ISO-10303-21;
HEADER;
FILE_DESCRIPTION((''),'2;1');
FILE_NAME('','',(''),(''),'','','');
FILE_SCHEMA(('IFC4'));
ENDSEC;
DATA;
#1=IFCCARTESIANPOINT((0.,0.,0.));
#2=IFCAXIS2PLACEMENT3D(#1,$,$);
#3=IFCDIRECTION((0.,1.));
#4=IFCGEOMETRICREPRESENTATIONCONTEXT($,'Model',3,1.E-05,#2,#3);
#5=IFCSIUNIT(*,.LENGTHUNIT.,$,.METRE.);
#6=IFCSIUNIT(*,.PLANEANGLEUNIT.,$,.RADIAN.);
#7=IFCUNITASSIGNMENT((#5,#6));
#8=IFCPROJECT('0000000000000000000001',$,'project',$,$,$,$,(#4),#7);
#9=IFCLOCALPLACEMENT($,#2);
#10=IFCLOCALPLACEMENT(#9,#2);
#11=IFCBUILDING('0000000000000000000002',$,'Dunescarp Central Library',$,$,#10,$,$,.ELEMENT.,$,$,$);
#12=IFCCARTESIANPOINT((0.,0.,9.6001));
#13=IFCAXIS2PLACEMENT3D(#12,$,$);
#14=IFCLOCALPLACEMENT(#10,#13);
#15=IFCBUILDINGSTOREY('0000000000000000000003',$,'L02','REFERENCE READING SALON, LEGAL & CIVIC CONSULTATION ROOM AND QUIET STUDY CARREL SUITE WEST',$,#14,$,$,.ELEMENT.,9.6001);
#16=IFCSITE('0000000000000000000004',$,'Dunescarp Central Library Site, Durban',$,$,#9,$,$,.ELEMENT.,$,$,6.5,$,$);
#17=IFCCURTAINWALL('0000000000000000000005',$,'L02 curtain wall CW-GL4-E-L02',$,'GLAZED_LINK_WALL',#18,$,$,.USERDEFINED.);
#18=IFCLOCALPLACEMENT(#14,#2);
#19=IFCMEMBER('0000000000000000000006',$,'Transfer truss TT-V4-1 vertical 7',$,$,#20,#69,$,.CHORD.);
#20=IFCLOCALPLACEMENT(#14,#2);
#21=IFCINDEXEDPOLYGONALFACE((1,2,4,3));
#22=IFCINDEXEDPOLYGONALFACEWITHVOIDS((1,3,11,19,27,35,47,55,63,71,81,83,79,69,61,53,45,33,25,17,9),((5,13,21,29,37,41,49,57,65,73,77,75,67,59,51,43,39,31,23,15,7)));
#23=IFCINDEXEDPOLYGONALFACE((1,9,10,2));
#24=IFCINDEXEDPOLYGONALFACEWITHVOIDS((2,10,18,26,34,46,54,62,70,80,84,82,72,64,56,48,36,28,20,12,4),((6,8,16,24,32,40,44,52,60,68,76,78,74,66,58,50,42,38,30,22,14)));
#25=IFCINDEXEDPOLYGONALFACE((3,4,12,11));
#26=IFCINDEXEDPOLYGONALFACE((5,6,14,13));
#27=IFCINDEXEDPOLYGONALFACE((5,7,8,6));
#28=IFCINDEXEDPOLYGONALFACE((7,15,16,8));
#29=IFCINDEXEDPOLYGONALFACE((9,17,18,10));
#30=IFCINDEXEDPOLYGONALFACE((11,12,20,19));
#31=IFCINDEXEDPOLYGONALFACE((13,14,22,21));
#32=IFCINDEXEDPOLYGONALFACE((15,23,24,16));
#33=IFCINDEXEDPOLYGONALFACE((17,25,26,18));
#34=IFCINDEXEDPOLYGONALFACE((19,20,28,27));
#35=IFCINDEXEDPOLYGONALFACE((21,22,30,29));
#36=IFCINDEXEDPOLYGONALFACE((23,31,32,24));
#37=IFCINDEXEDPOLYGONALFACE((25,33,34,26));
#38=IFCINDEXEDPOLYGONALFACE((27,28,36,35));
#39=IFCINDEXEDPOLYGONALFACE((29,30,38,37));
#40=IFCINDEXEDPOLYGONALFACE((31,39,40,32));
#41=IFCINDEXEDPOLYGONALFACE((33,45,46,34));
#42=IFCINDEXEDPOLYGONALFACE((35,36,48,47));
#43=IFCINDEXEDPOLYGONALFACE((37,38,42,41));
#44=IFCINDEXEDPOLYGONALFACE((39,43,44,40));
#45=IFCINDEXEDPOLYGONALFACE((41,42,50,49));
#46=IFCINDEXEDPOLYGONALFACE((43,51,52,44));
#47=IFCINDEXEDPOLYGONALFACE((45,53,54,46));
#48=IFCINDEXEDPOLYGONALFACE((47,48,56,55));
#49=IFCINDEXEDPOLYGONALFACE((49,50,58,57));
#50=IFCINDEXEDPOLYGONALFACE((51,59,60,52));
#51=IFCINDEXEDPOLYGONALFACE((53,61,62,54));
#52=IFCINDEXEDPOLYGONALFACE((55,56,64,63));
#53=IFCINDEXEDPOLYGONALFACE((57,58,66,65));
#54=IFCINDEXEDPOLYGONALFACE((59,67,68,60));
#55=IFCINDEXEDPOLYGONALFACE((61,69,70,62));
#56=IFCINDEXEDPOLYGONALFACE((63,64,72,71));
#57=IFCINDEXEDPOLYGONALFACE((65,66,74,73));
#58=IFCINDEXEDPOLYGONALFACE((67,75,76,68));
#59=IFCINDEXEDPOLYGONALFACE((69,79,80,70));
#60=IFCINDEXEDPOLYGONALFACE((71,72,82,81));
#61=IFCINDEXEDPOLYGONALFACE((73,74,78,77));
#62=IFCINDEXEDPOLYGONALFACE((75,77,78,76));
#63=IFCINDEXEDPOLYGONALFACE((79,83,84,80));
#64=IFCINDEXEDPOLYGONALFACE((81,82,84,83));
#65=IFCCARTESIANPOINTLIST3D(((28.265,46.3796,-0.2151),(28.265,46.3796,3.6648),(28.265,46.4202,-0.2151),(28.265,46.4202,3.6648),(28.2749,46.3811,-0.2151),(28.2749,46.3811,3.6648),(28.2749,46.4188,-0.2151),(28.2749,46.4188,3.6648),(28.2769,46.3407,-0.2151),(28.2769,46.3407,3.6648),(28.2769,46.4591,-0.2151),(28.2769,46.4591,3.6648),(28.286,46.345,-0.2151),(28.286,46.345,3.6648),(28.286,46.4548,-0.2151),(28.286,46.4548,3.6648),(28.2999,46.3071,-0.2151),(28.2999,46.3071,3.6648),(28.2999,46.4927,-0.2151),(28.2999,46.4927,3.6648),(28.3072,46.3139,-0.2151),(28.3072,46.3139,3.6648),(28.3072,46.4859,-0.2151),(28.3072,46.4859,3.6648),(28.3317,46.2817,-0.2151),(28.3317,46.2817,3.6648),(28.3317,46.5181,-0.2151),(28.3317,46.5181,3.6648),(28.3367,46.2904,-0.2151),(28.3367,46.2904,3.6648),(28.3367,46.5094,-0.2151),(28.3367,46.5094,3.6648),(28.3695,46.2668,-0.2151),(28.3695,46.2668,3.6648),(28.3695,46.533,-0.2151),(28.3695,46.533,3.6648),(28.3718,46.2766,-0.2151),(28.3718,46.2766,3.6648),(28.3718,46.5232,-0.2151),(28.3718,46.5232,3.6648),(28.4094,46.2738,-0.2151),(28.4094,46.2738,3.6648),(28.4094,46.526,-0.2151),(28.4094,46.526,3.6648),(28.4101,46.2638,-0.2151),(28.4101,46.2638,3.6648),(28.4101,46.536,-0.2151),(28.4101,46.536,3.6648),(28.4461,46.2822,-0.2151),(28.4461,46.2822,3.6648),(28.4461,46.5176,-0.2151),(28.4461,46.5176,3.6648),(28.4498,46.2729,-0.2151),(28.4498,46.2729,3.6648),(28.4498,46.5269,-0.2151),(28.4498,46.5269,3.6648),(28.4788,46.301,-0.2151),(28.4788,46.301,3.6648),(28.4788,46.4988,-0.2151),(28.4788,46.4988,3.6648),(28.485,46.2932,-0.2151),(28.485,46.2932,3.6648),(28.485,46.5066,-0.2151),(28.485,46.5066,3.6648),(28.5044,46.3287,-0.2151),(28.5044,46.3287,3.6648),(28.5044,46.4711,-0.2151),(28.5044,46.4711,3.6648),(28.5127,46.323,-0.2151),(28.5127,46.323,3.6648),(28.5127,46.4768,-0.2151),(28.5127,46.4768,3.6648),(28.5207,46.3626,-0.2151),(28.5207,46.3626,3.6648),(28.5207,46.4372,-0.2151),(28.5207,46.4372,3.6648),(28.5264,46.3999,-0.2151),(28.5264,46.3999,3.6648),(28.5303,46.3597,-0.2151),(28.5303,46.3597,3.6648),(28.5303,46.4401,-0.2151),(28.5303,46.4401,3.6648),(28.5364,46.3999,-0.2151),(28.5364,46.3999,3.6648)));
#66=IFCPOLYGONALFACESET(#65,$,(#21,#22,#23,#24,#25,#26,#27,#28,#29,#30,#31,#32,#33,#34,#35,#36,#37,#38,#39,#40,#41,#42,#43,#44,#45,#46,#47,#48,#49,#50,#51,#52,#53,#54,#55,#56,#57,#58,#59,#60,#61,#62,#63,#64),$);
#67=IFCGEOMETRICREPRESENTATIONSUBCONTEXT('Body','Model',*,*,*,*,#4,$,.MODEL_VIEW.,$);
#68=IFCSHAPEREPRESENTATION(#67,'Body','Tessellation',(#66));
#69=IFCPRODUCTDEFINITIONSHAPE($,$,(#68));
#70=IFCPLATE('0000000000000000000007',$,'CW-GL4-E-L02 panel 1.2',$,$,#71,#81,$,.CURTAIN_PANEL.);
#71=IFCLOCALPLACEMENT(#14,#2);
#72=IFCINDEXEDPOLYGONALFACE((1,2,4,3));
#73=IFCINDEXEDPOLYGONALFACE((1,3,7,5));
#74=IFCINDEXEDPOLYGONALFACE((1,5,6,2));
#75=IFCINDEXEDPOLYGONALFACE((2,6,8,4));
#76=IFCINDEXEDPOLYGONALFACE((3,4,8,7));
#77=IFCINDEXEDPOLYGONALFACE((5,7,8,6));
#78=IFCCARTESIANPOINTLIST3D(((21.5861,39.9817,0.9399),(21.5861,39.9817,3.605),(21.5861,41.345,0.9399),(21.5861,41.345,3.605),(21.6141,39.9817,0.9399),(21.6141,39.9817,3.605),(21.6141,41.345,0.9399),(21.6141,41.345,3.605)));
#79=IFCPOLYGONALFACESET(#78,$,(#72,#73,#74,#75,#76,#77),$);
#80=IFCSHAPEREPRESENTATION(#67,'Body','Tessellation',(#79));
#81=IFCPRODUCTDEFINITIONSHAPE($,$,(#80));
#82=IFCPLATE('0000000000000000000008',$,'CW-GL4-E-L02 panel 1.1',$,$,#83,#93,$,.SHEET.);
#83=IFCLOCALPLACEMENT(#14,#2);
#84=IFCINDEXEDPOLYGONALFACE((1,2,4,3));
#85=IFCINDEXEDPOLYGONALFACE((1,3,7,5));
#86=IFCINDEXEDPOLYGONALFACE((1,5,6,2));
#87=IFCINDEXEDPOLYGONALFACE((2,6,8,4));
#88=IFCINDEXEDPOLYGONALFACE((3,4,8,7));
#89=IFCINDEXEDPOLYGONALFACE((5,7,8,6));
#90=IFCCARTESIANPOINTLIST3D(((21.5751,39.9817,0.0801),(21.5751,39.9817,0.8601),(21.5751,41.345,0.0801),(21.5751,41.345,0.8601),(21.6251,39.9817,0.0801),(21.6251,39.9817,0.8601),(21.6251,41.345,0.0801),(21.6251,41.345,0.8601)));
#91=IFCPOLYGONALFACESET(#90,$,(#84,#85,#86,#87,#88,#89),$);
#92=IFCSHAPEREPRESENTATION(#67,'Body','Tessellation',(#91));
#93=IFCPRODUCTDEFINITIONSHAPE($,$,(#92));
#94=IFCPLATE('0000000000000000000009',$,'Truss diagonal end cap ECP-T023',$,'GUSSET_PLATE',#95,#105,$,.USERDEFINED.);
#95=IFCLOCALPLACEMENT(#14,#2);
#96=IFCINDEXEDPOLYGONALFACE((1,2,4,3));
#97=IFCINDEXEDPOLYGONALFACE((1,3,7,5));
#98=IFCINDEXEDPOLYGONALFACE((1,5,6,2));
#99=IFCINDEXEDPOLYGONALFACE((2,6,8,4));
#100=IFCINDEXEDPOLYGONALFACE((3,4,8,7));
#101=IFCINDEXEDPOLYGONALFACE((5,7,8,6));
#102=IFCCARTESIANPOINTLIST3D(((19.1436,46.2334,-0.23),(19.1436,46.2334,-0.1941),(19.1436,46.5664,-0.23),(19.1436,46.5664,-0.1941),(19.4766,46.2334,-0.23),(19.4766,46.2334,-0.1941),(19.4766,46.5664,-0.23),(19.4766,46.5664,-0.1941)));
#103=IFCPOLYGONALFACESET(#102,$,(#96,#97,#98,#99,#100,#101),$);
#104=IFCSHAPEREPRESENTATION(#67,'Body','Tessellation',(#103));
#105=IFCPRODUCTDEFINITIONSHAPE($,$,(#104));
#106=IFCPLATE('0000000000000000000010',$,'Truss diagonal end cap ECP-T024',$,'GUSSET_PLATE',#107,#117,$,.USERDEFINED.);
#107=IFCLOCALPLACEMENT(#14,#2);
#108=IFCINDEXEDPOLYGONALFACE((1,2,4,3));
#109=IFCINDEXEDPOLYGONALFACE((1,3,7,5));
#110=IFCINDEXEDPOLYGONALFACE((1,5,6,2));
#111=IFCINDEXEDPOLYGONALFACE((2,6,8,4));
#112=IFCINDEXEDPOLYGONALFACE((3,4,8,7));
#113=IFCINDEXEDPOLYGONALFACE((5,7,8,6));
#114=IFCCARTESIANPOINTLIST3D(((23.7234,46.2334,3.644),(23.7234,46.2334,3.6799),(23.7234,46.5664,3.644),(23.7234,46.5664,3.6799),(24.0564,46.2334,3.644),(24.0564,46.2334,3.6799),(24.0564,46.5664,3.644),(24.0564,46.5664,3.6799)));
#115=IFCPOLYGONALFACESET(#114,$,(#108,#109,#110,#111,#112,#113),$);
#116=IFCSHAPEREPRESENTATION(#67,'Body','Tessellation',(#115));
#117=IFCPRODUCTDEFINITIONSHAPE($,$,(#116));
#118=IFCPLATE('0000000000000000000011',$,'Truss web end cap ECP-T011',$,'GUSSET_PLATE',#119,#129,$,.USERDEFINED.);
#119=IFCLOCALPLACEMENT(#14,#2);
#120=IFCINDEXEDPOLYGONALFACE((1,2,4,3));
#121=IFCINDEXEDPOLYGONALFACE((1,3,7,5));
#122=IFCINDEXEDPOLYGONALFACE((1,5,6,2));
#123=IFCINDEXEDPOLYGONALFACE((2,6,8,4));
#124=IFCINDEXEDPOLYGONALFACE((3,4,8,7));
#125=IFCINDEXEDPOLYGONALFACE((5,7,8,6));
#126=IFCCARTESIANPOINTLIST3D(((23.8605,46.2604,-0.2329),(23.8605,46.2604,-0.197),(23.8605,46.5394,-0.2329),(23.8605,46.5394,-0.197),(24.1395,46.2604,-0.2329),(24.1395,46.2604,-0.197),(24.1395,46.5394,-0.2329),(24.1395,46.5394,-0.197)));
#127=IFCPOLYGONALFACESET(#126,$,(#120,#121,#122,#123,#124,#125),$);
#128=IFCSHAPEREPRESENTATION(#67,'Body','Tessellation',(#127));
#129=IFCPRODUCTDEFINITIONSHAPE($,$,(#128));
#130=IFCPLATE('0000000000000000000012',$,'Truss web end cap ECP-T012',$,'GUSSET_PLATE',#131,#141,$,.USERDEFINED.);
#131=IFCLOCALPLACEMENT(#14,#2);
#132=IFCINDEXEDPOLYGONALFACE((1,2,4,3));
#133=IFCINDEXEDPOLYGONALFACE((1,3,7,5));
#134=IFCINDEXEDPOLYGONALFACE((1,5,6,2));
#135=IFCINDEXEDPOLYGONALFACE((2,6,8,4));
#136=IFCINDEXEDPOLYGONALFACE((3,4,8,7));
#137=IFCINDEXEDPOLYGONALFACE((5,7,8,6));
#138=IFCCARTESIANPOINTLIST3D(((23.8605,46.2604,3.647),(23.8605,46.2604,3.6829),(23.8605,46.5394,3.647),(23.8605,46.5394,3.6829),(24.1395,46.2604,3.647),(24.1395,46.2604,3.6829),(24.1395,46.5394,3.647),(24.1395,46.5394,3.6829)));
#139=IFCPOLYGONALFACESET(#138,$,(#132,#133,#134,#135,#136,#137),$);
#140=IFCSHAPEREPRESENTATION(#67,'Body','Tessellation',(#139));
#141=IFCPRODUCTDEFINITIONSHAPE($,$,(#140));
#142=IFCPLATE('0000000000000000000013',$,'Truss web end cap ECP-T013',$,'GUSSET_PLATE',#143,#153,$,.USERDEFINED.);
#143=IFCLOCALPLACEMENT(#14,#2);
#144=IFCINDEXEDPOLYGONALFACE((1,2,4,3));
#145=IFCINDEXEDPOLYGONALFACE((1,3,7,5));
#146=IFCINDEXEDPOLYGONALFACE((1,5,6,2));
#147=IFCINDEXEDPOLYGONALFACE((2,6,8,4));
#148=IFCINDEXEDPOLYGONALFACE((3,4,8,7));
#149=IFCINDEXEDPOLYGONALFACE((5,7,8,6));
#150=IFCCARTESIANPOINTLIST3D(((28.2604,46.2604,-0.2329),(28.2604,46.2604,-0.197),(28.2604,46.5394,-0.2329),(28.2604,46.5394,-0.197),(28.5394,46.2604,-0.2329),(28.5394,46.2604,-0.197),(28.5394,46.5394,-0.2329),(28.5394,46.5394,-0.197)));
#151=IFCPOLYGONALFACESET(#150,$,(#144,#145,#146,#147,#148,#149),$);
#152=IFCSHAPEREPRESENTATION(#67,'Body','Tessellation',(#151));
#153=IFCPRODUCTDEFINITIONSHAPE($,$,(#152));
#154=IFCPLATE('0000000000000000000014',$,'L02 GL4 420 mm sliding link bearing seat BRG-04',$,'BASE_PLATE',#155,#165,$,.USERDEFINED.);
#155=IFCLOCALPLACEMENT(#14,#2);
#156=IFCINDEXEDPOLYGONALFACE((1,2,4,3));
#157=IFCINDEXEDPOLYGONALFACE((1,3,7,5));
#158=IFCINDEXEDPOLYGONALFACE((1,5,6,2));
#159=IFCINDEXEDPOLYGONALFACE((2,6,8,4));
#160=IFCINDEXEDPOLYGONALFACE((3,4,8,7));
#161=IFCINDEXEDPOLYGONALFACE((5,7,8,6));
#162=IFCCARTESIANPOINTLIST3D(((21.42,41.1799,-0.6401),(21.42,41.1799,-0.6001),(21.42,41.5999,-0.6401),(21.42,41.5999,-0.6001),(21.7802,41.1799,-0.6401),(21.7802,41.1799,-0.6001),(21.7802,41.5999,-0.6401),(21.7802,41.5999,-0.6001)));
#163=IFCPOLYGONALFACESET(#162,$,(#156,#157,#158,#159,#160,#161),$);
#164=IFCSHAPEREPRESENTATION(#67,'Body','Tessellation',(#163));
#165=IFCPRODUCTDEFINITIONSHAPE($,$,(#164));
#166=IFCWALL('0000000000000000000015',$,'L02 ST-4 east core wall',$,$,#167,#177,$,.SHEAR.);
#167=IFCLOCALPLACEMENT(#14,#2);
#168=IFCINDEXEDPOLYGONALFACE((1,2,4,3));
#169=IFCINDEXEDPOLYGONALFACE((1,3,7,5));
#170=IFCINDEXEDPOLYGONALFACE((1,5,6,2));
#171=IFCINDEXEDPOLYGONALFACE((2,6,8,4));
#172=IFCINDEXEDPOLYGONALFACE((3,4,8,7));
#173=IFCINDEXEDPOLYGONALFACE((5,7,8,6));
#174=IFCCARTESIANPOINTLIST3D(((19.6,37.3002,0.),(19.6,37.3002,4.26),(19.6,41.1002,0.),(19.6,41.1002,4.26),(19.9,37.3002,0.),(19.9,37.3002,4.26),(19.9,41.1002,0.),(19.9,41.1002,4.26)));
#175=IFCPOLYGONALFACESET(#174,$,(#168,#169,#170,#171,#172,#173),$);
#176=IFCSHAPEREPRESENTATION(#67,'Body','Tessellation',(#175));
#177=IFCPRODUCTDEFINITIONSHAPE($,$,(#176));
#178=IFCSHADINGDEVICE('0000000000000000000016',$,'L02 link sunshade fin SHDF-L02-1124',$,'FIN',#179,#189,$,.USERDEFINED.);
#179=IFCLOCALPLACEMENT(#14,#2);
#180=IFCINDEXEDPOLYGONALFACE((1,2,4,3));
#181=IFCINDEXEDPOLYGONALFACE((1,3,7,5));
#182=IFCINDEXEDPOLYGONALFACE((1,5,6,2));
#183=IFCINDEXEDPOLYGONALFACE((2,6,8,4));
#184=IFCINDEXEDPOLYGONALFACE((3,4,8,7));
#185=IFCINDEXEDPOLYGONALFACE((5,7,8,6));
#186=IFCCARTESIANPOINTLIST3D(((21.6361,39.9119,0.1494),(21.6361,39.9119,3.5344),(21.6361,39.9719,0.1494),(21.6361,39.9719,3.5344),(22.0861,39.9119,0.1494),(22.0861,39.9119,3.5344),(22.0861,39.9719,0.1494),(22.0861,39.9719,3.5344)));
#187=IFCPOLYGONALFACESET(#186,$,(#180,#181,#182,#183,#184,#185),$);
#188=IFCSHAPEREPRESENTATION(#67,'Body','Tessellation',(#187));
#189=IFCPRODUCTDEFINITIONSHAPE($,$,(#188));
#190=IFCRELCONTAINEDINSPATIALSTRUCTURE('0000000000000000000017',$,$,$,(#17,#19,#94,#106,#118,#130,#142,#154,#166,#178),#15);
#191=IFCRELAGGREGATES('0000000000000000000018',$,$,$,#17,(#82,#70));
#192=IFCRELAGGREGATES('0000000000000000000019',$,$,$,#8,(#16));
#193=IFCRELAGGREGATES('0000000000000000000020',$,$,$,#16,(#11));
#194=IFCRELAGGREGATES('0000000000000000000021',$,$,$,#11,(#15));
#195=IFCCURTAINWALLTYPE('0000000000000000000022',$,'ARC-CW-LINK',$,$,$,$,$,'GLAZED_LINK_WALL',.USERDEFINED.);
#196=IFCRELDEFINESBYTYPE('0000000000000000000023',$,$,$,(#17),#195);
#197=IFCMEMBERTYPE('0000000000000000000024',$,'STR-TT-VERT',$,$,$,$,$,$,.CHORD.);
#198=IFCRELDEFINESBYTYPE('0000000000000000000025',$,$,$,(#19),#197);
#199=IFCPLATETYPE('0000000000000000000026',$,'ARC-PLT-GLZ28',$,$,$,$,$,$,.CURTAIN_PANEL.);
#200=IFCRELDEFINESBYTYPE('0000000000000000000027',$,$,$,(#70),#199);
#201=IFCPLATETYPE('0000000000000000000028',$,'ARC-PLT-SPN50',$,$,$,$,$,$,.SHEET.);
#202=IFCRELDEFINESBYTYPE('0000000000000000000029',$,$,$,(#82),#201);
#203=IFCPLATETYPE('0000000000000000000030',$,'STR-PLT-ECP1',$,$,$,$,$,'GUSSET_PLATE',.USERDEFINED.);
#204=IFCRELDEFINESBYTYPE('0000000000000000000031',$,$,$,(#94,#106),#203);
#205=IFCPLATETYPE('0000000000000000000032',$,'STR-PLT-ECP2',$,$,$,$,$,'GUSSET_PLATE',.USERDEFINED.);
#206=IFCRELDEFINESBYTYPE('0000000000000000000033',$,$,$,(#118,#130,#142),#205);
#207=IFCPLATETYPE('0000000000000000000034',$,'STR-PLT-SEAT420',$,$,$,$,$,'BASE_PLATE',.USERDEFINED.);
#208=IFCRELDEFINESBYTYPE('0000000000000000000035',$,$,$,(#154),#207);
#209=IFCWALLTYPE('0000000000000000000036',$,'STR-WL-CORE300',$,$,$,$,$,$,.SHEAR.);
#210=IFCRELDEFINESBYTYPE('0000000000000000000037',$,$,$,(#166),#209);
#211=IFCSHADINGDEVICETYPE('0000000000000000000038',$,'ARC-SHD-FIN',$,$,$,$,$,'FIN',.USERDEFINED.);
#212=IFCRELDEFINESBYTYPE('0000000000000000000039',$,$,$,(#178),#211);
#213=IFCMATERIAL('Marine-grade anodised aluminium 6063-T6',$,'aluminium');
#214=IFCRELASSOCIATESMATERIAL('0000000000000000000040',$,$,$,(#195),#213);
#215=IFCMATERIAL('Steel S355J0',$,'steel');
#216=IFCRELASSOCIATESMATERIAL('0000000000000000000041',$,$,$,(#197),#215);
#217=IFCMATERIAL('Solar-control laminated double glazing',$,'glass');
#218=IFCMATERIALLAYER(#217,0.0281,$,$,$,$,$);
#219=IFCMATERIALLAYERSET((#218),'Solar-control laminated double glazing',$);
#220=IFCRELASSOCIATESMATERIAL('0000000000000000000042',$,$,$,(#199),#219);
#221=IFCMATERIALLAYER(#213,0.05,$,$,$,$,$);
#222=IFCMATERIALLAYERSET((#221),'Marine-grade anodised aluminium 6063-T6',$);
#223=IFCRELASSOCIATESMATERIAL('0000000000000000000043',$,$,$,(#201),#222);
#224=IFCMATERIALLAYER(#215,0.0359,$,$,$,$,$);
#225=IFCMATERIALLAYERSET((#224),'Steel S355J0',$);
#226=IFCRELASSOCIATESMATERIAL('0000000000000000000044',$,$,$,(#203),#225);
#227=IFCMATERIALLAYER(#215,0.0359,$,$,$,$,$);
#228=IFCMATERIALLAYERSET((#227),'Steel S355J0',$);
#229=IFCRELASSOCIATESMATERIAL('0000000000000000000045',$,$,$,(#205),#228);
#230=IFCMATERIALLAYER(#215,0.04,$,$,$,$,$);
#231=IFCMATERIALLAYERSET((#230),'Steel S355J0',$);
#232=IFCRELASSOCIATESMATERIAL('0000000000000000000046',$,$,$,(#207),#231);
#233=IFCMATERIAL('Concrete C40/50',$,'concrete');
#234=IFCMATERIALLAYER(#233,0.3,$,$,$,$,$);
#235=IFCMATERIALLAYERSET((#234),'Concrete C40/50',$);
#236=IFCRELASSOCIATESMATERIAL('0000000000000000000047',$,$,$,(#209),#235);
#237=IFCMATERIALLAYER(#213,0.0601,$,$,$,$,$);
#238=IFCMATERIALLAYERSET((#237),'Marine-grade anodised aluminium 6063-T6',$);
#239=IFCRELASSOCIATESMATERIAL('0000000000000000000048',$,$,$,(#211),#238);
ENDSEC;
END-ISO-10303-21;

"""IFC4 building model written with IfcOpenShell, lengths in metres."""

from ifc_helpers import new_model, si_unit, direction, frame, frame_2d, origin, origin_2d, place, context, subcontext, project, spatial, rectangle, hollow_circle, extrude, material, layer, layer_set, material_profile, profile_set, type_object, element, aggregate, save


model = new_model("IFC4")

# Units and contexts
model_context = context("Model", 3, precision=1e-05, world=origin(), true_north=direction((0.0, 1.0)))
body_context = subcontext(model_context, "Body", "Model", "MODEL_VIEW")
ifc_project = project(units=[si_unit("LENGTHUNIT", "METRE"), si_unit("PLANEANGLEUNIT", "RADIAN")], contexts=[model_context])

# Site, building, storey
site_placement = place(None, origin())
site = spatial("IfcSite", under=ifc_project, at=site_placement, Name="Dunescarp Central Library Site, Durban", CompositionType="ELEMENT", RefElevation=6.5)
building_placement = place(site_placement, origin())
building = spatial("IfcBuilding", under=site, at=building_placement, Name="Dunescarp Central Library", CompositionType="ELEMENT")
storey_placement = place(building_placement, frame((0.0, 0.0, 9.6001)))
storey = spatial("IfcBuildingStorey", under=building, at=storey_placement, Name="L02", Description="REFERENCE READING SALON, LEGAL & CIVIC CONSULTATION ROOM AND QUIET STUDY CARREL SUITE WEST", CompositionType="ELEMENT", Elevation=9.6001)

# Curtain wall
ifc_material_1 = material(Name="Marine-grade anodised aluminium 6063-T6", Category="aluminium")
curtain_wall_type = type_object("IfcCurtainWallType", Name="ARC-CW-LINK", ElementType="GLAZED_LINK_WALL", PredefinedType="USERDEFINED", material=ifc_material_1)
curtain_wall_placement = place(storey_placement, origin())
curtain_wall = element("IfcCurtainWall", 1, at=curtain_wall_placement, inside=storey, type_object=curtain_wall_type, Name="L02 curtain wall CW-GL4-E-L02", ObjectType="GLAZED_LINK_WALL", PredefinedType="USERDEFINED")

# Member
ifc_material_2 = material(Name="Steel S355J0", Category="steel")
ifc_material_profile_1 = material_profile(ifc_material_2, hollow_circle(Radius=0.1365, WallThickness=0.01, at=origin_2d()), Name="CHS 273x10")
ifc_profile_set_1 = profile_set([ifc_material_profile_1], Name="Steel S355J0")
member_type_1 = type_object("IfcMemberType", Name="STR-TT-VERT", PredefinedType="CHORD", material=ifc_profile_set_1)
for number, where, z_axis, x_axis, name in (
    (2, (28.3999, 46.3999, -0.2151), (0.0, 0.0, 1.0), (1.0, 0.0, 0.0), "Transfer truss TT-V4-1 vertical 7"),
):
    element("IfcMember", number, at=place(storey_placement, frame(where, z_axis=z_axis, x_axis=x_axis)), inside=storey, type_object=member_type_1, Name=name, PredefinedType="CHORD", context=body_context, shape_type="SweptSolid", body=[
        extrude(hollow_circle(Radius=0.1365, WallThickness=0.01, at=origin_2d()), origin(), (0.0, 0.0, 1.0), 3.8799),
    ])

# Plates
ifc_material_3 = material(Name="Solar-control laminated double glazing", Category="glass")
ifc_layer_1 = layer(ifc_material_3, 0.0281)
ifc_layer_set_1 = layer_set([ifc_layer_1], Name="Solar-control laminated double glazing")
plate_type_1 = type_object("IfcPlateType", Name="ARC-PLT-GLZ28", PredefinedType="CURTAIN_PANEL", material=ifc_layer_set_1)
plate_1_placement = place(storey_placement, frame((21.6001, 40.6633, 0.9399), z_axis=(0.0, 0.0, 1.0), x_axis=(0.0, -1.0, 0.0)))
plate_1 = element("IfcPlate", 3, at=plate_1_placement, type_object=plate_type_1, Name="CW-GL4-E-L02 panel 1.2", PredefinedType="CURTAIN_PANEL", context=body_context, shape_type="SweptSolid", body=[
    extrude(rectangle(XDim=1.3633, YDim=0.0281, at=origin_2d()), origin(), (0.0, 0.0, 1.0), 2.665),
])
ifc_layer_2 = layer(ifc_material_1, 0.05)
ifc_layer_set_2 = layer_set([ifc_layer_2], Name="Marine-grade anodised aluminium 6063-T6")
plate_type_2 = type_object("IfcPlateType", Name="ARC-PLT-SPN50", PredefinedType="SHEET", material=ifc_layer_set_2)
plate_2_placement = place(storey_placement, frame((21.6001, 40.6633, 0.0801), z_axis=(0.0, 0.0, 1.0), x_axis=(0.0, -1.0, 0.0)))
plate_2 = element("IfcPlate", 4, at=plate_2_placement, type_object=plate_type_2, Name="CW-GL4-E-L02 panel 1.1", PredefinedType="SHEET", context=body_context, shape_type="SweptSolid", body=[
    extrude(rectangle(XDim=1.3633, YDim=0.05, at=origin_2d()), origin(), (0.0, 0.0, 1.0), 0.78),
])
aggregate(curtain_wall, [plate_2, plate_1])

# Plates
ifc_layer_3 = layer(ifc_material_2, 0.0359)
ifc_layer_set_3 = layer_set([ifc_layer_3], Name="Steel S355J0")
plate_type_3 = type_object("IfcPlateType", Name="STR-PLT-ECP1", ElementType="GUSSET_PLATE", PredefinedType="USERDEFINED", material=ifc_layer_set_3)
for number, where, z_axis, x_axis, name in (
    (5, (19.3101, 46.3999, -0.23), (0.0, 0.0, 1.0), (1.0, 0.0, 0.0), "Truss diagonal end cap ECP-T023"),
    (6, (23.8899, 46.3999, 3.644), (0.0, 0.0, 1.0), (1.0, 0.0, 0.0), "Truss diagonal end cap ECP-T024"),
):
    element("IfcPlate", number, at=place(storey_placement, frame(where, z_axis=z_axis, x_axis=x_axis)), inside=storey, type_object=plate_type_3, Name=name, ObjectType="GUSSET_PLATE", PredefinedType="USERDEFINED", context=body_context, shape_type="SweptSolid", body=[
        extrude(rectangle(XDim=0.333, YDim=0.333, at=origin_2d()), origin(), (0.0, 0.0, 1.0), 0.0359),
    ])
ifc_layer_4 = layer(ifc_material_2, 0.0359)
ifc_layer_set_4 = layer_set([ifc_layer_4], Name="Steel S355J0")
plate_type_4 = type_object("IfcPlateType", Name="STR-PLT-ECP2", ElementType="GUSSET_PLATE", PredefinedType="USERDEFINED", material=ifc_layer_set_4)
for number, where, z_axis, x_axis, name in (
    (7, (24.0, 46.3999, -0.2329), (0.0, 0.0, 1.0), (1.0, 0.0, 0.0), "Truss web end cap ECP-T011"),
    (8, (24.0, 46.3999, 3.647), (0.0, 0.0, 1.0), (1.0, 0.0, 0.0), "Truss web end cap ECP-T012"),
    (9, (28.3999, 46.3999, -0.2329), (0.0, 0.0, 1.0), (1.0, 0.0, 0.0), "Truss web end cap ECP-T013"),
):
    element("IfcPlate", number, at=place(storey_placement, frame(where, z_axis=z_axis, x_axis=x_axis)), inside=storey, type_object=plate_type_4, Name=name, ObjectType="GUSSET_PLATE", PredefinedType="USERDEFINED", context=body_context, shape_type="SweptSolid", body=[
        extrude(rectangle(XDim=0.2791, YDim=0.2791, at=origin_2d()), origin(), (0.0, 0.0, 1.0), 0.0359),
    ])
ifc_layer_5 = layer(ifc_material_2, 0.04)
ifc_layer_set_5 = layer_set([ifc_layer_5], Name="Steel S355J0")
plate_type_5 = type_object("IfcPlateType", Name="STR-PLT-SEAT420", ElementType="BASE_PLATE", PredefinedType="USERDEFINED", material=ifc_layer_set_5)
plate_3_placement = place(storey_placement, frame((21.6001, 41.3899, -0.6401), z_axis=(0.0, 0.0, 1.0), x_axis=(0.0, 1.0, 0.0)))
element("IfcPlate", 10, at=plate_3_placement, inside=storey, type_object=plate_type_5, Name="L02 GL4 420 mm sliding link bearing seat BRG-04", ObjectType="BASE_PLATE", PredefinedType="USERDEFINED", context=body_context, shape_type="SweptSolid", body=[
    extrude(rectangle(XDim=0.4199, YDim=0.3601, at=origin_2d()), origin(), (0.0, 0.0, 1.0), 0.04),
])

# Wall
ifc_material_4 = material(Name="Concrete C40/50", Category="concrete")
ifc_layer_6 = layer(ifc_material_4, 0.3)
ifc_layer_set_6 = layer_set([ifc_layer_6], Name="Concrete C40/50")
wall_type = type_object("IfcWallType", Name="STR-WL-CORE300", PredefinedType="SHEAR", material=ifc_layer_set_6)
wall_placement = place(storey_placement, frame((19.75, 41.1001, 0.0), z_axis=(0.0, 0.0, 1.0), x_axis=(0.0, -1.0, 0.0)))
element("IfcWall", 11, at=wall_placement, inside=storey, type_object=wall_type, Name="L02 ST-4 east core wall", PredefinedType="SHEAR", context=body_context, shape_type="SweptSolid", body=[
    extrude(rectangle(XDim=3.8, YDim=0.3, at=frame_2d((1.8999, 0.0))), origin(), (0.0, 0.0, 1.0), 4.26),
])

# Shading device
ifc_layer_7 = layer(ifc_material_1, 0.0601)
ifc_layer_set_7 = layer_set([ifc_layer_7], Name="Marine-grade anodised aluminium 6063-T6")
shading_device_type = type_object("IfcShadingDeviceType", Name="ARC-SHD-FIN", ElementType="FIN", PredefinedType="USERDEFINED", material=ifc_layer_set_7)
shading_device_placement = place(storey_placement, frame((21.8611, 39.9419, 0.1494), z_axis=(0.0, 0.0, 1.0), x_axis=(1.0, 0.0, 0.0)))
element("IfcShadingDevice", 12, at=shading_device_placement, inside=storey, type_object=shading_device_type, Name="L02 link sunshade fin SHDF-L02-1124", ObjectType="FIN", PredefinedType="USERDEFINED", context=body_context, shape_type="SweptSolid", body=[
    extrude(rectangle(XDim=0.45, YDim=0.0601, at=origin_2d()), origin(), (0.0, 0.0, 1.0), 3.385),
])

save(model, "model.ifc")
